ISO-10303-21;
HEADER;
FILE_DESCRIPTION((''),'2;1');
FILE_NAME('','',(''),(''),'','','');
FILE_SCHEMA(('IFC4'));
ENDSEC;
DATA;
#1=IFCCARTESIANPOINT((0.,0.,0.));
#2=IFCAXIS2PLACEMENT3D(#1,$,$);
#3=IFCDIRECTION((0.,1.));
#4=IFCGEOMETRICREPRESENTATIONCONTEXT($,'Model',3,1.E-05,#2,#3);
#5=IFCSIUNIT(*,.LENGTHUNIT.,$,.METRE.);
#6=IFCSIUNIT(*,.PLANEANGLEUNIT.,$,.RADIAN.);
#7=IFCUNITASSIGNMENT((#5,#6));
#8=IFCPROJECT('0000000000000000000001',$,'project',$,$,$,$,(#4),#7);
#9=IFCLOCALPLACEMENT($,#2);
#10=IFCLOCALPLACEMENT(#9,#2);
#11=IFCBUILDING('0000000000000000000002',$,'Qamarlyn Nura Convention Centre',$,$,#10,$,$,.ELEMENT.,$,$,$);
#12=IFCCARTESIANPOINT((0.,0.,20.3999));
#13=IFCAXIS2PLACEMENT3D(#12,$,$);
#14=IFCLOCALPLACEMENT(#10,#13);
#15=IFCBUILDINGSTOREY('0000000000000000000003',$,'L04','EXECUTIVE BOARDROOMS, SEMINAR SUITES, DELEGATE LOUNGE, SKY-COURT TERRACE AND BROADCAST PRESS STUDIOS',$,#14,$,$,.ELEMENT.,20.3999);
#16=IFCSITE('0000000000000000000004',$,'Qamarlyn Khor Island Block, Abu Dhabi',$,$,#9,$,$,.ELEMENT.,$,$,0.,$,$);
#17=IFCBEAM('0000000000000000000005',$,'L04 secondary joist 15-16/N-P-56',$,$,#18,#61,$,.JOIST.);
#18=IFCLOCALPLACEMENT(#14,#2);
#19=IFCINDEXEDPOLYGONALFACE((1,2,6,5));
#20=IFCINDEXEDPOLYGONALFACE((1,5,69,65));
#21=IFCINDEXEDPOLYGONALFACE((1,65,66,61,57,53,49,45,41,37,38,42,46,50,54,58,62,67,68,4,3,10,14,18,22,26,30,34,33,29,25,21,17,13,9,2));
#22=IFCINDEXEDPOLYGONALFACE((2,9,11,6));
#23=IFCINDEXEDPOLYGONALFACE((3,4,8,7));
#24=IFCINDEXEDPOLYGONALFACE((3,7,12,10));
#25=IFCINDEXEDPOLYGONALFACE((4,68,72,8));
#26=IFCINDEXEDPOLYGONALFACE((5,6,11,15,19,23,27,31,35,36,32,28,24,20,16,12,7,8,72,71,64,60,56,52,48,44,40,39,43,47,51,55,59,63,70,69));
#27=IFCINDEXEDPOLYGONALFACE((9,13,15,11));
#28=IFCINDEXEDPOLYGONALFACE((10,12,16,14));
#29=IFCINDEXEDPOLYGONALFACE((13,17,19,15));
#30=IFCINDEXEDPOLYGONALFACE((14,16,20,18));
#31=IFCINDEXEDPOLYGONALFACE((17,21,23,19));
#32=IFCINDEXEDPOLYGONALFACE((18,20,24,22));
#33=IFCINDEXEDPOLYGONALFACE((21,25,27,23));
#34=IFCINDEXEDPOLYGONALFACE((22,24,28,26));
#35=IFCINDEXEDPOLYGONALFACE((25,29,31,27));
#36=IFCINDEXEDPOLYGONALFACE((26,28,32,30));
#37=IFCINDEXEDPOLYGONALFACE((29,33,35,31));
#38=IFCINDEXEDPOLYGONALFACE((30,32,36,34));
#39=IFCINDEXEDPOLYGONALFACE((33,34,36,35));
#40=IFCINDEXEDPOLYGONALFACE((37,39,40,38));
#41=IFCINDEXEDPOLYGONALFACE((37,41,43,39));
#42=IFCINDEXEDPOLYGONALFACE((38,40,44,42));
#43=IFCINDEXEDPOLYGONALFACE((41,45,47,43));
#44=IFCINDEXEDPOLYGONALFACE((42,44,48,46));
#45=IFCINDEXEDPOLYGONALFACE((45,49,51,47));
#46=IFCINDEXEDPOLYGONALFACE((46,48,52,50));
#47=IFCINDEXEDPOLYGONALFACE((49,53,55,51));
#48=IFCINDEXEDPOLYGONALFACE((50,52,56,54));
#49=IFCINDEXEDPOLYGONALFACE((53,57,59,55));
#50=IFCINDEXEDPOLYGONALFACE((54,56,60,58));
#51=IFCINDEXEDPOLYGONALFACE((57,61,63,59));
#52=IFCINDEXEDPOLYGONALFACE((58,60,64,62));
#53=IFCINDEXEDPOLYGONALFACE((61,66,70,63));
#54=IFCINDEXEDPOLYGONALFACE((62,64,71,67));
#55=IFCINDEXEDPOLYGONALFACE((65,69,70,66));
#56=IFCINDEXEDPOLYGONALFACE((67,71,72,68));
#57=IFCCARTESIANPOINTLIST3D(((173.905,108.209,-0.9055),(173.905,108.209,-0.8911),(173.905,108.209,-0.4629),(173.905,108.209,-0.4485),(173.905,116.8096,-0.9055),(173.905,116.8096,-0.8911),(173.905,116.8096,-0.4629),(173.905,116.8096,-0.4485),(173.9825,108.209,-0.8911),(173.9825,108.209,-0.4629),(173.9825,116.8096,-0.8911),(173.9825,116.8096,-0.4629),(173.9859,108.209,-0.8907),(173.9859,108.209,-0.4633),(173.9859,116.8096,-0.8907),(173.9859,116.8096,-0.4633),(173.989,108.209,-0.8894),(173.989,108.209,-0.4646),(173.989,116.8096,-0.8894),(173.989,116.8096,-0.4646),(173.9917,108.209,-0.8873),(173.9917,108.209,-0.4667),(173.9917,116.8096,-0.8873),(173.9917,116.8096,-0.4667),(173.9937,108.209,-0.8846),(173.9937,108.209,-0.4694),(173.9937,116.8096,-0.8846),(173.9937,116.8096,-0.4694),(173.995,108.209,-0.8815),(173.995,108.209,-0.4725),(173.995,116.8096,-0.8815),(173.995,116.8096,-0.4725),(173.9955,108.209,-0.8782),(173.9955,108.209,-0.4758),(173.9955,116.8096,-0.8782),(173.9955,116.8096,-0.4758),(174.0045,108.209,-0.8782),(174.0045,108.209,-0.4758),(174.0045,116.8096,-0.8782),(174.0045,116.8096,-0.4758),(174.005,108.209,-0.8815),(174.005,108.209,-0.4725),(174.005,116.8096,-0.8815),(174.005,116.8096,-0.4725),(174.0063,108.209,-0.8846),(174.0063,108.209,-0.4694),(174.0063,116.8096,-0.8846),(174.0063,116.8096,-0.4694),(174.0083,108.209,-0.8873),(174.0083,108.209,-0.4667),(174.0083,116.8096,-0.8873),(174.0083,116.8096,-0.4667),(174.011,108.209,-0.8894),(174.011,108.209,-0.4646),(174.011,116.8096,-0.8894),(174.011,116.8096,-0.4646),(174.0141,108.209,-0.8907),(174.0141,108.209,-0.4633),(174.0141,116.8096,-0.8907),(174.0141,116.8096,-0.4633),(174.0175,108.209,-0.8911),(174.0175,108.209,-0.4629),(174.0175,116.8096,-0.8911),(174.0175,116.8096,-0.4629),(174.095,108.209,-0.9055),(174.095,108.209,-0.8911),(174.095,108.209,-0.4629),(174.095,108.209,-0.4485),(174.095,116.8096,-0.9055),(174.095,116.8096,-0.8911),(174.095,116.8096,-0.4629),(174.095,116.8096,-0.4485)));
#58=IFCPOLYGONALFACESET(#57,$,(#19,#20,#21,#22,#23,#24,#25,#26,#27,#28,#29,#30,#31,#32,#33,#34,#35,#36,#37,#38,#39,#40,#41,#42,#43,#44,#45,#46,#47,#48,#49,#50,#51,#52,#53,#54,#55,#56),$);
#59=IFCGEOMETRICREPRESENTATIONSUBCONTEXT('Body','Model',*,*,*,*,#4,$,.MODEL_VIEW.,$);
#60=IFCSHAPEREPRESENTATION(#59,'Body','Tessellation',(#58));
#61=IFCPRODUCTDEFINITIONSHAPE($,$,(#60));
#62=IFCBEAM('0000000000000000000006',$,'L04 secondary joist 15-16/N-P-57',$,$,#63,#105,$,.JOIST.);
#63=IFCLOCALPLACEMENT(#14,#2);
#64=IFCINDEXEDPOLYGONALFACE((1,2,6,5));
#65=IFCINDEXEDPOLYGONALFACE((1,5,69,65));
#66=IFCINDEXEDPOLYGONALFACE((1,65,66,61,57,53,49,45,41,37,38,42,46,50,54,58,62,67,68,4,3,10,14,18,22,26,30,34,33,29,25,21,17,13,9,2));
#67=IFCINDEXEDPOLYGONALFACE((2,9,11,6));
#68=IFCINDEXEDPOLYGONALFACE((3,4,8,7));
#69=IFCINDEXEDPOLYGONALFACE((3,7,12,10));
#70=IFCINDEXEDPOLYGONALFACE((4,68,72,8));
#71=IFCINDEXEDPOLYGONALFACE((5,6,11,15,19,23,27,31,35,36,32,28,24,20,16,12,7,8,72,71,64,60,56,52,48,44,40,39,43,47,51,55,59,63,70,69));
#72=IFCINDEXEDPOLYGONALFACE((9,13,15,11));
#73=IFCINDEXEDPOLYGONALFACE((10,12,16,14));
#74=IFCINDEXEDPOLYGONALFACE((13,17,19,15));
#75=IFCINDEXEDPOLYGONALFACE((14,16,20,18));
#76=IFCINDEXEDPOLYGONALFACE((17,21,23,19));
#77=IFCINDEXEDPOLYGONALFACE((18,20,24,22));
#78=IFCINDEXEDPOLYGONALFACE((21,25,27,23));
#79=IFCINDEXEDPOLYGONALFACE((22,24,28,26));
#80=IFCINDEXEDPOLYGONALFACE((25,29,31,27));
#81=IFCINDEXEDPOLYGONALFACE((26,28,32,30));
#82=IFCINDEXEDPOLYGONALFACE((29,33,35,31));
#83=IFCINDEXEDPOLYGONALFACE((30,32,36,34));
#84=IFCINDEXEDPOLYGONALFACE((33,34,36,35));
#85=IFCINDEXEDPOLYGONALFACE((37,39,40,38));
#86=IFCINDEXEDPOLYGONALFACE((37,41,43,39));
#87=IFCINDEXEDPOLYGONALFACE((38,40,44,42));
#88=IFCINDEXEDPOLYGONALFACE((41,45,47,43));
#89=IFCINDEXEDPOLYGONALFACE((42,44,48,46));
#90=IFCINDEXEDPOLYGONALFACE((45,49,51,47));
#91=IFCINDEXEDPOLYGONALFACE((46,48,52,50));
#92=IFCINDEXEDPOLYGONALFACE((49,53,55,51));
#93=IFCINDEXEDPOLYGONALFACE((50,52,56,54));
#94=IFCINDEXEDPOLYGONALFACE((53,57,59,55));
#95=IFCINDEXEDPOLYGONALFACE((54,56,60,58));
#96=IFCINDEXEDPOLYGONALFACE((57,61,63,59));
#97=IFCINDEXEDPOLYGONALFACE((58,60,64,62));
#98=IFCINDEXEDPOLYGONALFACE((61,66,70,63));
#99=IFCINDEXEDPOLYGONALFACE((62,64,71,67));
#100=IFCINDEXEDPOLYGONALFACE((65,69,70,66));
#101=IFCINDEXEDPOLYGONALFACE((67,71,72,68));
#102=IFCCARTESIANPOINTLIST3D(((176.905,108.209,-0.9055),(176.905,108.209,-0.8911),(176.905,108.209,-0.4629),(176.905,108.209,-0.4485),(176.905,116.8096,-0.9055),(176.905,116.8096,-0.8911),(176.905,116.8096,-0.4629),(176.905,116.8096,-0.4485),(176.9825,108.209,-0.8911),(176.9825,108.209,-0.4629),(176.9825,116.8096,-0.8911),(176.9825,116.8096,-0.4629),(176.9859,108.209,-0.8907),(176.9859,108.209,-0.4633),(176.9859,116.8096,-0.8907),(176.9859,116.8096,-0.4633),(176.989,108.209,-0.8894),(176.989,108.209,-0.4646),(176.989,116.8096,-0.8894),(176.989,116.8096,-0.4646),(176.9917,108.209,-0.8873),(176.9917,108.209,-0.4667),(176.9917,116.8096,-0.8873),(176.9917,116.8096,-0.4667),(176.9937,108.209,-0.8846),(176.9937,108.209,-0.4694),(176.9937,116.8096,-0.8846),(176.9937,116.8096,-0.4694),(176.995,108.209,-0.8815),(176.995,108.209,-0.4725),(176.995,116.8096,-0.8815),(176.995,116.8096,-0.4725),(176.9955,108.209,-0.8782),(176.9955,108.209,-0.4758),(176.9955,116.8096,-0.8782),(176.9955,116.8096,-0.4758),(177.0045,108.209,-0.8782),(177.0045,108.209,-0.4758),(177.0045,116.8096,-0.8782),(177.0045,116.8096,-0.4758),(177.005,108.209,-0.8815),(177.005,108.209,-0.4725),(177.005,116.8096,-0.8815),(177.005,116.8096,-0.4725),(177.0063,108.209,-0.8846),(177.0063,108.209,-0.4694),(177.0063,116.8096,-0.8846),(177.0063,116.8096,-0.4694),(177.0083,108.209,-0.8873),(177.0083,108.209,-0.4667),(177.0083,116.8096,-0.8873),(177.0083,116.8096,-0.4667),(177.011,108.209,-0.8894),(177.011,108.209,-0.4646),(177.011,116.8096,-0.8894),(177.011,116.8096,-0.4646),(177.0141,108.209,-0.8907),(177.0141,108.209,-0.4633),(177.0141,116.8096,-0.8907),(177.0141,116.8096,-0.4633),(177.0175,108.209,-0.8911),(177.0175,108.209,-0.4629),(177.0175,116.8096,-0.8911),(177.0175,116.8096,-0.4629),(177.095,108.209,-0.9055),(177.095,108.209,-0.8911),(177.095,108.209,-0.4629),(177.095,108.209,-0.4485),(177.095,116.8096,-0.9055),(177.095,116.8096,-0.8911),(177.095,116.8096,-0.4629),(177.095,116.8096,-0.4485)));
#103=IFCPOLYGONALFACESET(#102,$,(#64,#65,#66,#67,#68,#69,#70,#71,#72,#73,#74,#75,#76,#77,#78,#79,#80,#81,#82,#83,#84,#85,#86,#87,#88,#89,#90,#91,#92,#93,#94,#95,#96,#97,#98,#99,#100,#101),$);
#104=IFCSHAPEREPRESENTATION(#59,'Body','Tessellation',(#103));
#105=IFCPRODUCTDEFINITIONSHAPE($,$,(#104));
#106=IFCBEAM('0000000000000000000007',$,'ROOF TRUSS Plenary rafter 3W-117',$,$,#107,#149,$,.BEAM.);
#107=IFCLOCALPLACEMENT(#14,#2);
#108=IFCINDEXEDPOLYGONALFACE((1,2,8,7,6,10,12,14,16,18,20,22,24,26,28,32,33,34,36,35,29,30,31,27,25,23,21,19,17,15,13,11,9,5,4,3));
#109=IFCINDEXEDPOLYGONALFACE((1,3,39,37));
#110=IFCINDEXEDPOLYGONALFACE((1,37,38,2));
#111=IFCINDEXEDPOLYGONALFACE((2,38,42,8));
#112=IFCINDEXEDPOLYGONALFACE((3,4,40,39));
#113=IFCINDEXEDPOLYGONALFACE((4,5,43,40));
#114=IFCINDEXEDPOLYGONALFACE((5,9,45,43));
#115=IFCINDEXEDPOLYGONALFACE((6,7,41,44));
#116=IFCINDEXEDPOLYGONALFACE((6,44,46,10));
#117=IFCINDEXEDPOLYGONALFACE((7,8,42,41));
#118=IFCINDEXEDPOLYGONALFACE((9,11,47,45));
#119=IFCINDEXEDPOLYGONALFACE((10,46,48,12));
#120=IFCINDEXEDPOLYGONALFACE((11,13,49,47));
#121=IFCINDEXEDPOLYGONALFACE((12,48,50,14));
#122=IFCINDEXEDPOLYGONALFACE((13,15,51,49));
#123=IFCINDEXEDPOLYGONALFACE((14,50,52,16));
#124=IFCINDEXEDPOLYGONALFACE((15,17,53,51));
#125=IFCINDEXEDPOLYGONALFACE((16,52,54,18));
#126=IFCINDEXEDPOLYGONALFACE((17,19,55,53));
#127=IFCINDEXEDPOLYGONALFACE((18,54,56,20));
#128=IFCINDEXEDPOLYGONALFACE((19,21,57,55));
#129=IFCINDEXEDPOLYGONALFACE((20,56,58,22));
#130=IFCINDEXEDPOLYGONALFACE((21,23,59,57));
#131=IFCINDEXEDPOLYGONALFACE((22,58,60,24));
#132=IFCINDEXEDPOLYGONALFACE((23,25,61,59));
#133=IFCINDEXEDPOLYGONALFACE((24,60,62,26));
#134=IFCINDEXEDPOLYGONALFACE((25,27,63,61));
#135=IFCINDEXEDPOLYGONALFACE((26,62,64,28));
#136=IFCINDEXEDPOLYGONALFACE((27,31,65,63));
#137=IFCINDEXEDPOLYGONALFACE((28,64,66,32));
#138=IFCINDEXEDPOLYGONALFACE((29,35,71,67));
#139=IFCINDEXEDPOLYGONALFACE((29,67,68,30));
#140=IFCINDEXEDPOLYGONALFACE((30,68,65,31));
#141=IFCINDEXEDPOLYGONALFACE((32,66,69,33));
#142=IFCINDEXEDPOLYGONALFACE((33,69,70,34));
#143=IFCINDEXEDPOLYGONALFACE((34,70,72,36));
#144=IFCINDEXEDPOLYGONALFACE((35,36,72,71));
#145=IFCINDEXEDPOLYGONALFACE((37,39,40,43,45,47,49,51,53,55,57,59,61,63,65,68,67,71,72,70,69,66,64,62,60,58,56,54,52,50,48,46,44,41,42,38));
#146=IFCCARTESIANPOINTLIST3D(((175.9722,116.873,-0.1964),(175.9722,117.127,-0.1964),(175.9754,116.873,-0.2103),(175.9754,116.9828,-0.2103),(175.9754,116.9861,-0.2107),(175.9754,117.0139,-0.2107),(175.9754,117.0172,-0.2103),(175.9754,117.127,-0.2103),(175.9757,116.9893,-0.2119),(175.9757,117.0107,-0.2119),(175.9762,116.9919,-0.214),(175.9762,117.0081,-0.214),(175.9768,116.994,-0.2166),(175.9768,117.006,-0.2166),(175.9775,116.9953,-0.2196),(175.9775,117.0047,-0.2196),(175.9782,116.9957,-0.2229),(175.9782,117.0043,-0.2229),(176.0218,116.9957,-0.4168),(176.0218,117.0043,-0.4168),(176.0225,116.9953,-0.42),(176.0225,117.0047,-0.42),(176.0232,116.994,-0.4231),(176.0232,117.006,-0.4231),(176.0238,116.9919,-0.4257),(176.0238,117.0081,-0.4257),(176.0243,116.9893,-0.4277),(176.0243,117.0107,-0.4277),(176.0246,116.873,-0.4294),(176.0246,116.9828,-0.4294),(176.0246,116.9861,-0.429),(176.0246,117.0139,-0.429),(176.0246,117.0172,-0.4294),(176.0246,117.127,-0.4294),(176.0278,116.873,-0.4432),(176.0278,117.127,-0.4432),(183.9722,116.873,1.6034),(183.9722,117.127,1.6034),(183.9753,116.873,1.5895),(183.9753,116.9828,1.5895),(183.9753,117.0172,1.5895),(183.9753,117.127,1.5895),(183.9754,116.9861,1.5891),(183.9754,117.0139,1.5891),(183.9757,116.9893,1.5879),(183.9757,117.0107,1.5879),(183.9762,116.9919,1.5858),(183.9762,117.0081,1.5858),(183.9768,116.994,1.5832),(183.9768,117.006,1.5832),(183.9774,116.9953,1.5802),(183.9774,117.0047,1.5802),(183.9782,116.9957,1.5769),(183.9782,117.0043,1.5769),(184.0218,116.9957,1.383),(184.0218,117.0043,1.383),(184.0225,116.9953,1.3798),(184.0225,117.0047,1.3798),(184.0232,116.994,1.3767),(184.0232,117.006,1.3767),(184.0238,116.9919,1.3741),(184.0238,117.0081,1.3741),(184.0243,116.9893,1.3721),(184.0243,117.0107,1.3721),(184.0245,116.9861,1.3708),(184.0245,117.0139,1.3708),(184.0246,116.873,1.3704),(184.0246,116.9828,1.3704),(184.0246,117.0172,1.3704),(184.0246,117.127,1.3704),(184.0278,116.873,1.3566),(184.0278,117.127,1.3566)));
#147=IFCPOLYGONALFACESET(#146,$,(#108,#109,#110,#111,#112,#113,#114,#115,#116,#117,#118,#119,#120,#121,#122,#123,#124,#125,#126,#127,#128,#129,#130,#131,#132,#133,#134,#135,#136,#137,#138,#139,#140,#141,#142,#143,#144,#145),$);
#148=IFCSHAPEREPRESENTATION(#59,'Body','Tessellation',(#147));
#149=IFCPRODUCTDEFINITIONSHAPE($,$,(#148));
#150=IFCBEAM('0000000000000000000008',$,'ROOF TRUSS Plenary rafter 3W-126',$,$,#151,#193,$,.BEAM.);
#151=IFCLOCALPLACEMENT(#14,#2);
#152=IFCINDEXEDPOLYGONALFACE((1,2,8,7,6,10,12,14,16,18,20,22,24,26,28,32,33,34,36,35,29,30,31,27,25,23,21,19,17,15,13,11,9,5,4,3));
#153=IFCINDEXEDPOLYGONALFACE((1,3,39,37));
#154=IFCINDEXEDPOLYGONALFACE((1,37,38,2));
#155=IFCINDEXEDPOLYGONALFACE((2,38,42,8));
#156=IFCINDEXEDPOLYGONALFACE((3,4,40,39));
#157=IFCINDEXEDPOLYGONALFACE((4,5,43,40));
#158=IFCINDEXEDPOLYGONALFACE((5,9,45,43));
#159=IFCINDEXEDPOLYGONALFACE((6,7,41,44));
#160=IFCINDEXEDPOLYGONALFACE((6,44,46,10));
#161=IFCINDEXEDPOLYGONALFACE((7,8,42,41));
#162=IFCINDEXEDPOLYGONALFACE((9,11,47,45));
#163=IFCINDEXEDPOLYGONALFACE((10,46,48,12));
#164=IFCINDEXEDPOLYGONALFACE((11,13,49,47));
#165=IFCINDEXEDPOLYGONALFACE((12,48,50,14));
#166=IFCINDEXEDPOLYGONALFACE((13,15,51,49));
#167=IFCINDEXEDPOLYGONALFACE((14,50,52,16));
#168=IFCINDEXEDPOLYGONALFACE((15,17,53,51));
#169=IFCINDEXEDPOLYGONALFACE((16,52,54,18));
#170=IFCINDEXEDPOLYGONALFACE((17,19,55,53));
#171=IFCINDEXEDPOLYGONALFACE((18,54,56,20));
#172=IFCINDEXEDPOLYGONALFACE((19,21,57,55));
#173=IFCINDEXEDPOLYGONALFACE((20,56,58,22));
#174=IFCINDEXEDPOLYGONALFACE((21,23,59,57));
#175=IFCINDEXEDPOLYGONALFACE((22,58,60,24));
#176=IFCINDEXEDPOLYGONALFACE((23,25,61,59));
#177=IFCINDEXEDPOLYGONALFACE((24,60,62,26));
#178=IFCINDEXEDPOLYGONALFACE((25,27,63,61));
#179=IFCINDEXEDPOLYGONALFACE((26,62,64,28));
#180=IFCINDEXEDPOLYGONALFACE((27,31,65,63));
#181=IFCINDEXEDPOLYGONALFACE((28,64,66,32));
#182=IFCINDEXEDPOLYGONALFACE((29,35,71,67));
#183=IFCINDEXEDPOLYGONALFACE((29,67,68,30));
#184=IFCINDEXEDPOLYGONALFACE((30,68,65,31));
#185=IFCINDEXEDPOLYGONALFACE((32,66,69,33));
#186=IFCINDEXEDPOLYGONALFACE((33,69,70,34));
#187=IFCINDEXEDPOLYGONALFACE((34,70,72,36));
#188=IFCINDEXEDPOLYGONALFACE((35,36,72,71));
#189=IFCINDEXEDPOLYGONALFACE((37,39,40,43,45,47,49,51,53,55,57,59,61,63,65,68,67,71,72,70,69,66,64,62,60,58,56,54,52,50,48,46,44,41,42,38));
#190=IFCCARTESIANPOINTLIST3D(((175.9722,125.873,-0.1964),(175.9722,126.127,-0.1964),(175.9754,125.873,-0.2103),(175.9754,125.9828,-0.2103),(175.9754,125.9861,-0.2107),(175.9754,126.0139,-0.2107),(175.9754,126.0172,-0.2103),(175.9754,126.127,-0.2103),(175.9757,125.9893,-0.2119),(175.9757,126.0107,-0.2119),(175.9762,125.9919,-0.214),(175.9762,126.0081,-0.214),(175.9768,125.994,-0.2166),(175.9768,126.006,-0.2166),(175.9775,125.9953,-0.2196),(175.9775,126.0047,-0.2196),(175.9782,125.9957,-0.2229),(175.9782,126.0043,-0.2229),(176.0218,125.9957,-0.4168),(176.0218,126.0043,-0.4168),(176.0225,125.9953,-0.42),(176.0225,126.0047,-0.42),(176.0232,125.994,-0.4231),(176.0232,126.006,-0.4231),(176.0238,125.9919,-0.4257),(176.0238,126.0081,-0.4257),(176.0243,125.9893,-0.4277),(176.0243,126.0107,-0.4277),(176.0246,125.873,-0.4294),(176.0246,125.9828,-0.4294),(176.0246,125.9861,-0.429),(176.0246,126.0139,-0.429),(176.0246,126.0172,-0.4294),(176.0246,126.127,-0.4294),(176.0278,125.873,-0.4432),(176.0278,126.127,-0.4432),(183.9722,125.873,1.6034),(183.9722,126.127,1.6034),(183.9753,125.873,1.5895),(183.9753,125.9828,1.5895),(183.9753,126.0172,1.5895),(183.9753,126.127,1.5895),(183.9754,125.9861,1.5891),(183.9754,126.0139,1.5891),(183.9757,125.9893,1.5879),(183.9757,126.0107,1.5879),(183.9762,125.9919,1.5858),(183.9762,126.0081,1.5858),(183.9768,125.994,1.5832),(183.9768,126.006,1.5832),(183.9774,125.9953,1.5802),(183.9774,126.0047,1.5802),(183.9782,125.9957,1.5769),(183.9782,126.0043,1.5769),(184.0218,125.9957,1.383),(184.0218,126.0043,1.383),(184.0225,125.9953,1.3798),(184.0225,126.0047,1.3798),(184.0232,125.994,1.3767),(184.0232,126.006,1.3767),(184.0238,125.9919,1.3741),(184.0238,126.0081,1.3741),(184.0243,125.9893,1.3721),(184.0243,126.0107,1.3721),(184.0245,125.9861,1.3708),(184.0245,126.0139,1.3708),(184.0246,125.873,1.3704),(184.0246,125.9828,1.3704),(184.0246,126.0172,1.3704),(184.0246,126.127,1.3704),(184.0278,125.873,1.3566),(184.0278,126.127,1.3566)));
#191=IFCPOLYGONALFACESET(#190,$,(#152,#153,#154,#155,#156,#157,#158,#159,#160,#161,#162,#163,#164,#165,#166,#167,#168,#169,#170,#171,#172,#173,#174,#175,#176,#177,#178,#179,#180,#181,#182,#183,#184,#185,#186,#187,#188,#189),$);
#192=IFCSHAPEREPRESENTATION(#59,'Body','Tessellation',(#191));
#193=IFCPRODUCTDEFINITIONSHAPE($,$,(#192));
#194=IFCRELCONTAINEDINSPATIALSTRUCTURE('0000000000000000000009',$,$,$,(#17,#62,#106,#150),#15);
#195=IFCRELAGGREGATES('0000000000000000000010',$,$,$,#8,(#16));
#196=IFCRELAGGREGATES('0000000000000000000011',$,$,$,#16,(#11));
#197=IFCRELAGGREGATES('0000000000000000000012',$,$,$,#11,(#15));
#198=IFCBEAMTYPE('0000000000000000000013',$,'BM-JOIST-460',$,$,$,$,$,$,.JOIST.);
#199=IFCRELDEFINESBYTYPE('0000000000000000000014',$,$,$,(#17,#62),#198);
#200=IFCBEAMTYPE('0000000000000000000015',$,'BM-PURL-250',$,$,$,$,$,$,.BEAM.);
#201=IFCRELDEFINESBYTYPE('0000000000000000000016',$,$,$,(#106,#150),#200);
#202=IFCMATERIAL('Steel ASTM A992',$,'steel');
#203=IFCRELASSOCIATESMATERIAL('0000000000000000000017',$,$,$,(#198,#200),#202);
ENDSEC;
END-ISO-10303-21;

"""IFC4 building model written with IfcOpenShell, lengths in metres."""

from ifc_helpers import new_model, si_unit, direction, frame, origin, origin_2d, place, context, subcontext, project, spatial, i_section, extrude, material, material_profile, profile_set, type_object, element, save


model = new_model("IFC4")

# Units and contexts
model_context = context("Model", 3, precision=1e-05, world=origin(), true_north=direction((0.0, 1.0)))
body_context = subcontext(model_context, "Body", "Model", "MODEL_VIEW")
ifc_project = project(units=[si_unit("LENGTHUNIT", "METRE"), si_unit("PLANEANGLEUNIT", "RADIAN")], contexts=[model_context])

# Site, building, storey
site_placement = place(None, origin())
site = spatial("IfcSite", under=ifc_project, at=site_placement, Name="Qamarlyn Khor Island Block, Abu Dhabi", CompositionType="ELEMENT", RefElevation=0.0)
building_placement = place(site_placement, origin())
building = spatial("IfcBuilding", under=site, at=building_placement, Name="Qamarlyn Nura Convention Centre", CompositionType="ELEMENT")
storey_placement = place(building_placement, frame((0.0, 0.0, 20.3999)))
storey = spatial("IfcBuildingStorey", under=building, at=storey_placement, Name="L04", Description="EXECUTIVE BOARDROOMS, SEMINAR SUITES, DELEGATE LOUNGE, SKY-COURT TERRACE AND BROADCAST PRESS STUDIOS", CompositionType="ELEMENT", Elevation=20.3999)

# Beams
ifc_material_1 = material(Name="Steel ASTM A992", Category="steel")
ifc_material_profile_1 = material_profile(ifc_material_1, i_section(OverallWidth=0.1899, OverallDepth=0.457, WebThickness=0.009, FlangeThickness=0.0144, FilletRadius=0.0129, at=origin_2d()), Name="W460X74")
ifc_profile_set_1 = profile_set([ifc_material_profile_1], Name="Steel ASTM A992")
beam_type_1 = type_object("IfcBeamType", Name="BM-JOIST-460", PredefinedType="JOIST", material=ifc_profile_set_1)
for number, where, z_axis, x_axis, name in (
    (1, (174.0, 108.209, -0.677), (0.0, 1.0, 0.0), (-1.0, 0.0, 0.0), "L04 secondary joist 15-16/N-P-56"),
    (2, (177.0, 108.209, -0.677), (0.0, 1.0, 0.0), (-1.0, 0.0, 0.0), "L04 secondary joist 15-16/N-P-57"),
):
    element("IfcBeam", number, at=place(storey_placement, frame(where, z_axis=z_axis, x_axis=x_axis)), inside=storey, type_object=beam_type_1, Name=name, PredefinedType="JOIST", context=body_context, shape_type="SweptSolid", body=[
        extrude(i_section(OverallWidth=0.1899, OverallDepth=0.457, WebThickness=0.009, FlangeThickness=0.0144, FilletRadius=0.0129, at=origin_2d()), origin(), (0.0, 0.0, 1.0), 8.6006),
    ])
ifc_material_profile_2 = material_profile(ifc_material_1, i_section(OverallWidth=0.2539, OverallDepth=0.2529, WebThickness=0.0085, FlangeThickness=0.0142, FilletRadius=0.0129, at=origin_2d()), Name="W250X73")
ifc_profile_set_2 = profile_set([ifc_material_profile_2], Name="Steel ASTM A992")
beam_type_2 = type_object("IfcBeamType", Name="BM-PURL-250", PredefinedType="BEAM", material=ifc_profile_set_2)
for number, where, z_axis, x_axis, name in (
    (3, (176.0, 117.0, -0.3198), (0.975615, 0.0, 0.21949), (0.0, 1.0, 0.0), "ROOF TRUSS Plenary rafter 3W-117"),
    (4, (176.0, 126.0, -0.3198), (0.975615, 0.0, 0.21949), (0.0, 1.0, 0.0), "ROOF TRUSS Plenary rafter 3W-126"),
):
    element("IfcBeam", number, at=place(storey_placement, frame(where, z_axis=z_axis, x_axis=x_axis)), inside=storey, type_object=beam_type_2, Name=name, PredefinedType="BEAM", context=body_context, shape_type="SweptSolid", body=[
        extrude(i_section(OverallWidth=0.2539, OverallDepth=0.2529, WebThickness=0.0085, FlangeThickness=0.0142, FilletRadius=0.0129, at=origin_2d()), origin(), (0.0, 0.0, 1.0), 8.2),
    ])

save(model, "model.ifc")
